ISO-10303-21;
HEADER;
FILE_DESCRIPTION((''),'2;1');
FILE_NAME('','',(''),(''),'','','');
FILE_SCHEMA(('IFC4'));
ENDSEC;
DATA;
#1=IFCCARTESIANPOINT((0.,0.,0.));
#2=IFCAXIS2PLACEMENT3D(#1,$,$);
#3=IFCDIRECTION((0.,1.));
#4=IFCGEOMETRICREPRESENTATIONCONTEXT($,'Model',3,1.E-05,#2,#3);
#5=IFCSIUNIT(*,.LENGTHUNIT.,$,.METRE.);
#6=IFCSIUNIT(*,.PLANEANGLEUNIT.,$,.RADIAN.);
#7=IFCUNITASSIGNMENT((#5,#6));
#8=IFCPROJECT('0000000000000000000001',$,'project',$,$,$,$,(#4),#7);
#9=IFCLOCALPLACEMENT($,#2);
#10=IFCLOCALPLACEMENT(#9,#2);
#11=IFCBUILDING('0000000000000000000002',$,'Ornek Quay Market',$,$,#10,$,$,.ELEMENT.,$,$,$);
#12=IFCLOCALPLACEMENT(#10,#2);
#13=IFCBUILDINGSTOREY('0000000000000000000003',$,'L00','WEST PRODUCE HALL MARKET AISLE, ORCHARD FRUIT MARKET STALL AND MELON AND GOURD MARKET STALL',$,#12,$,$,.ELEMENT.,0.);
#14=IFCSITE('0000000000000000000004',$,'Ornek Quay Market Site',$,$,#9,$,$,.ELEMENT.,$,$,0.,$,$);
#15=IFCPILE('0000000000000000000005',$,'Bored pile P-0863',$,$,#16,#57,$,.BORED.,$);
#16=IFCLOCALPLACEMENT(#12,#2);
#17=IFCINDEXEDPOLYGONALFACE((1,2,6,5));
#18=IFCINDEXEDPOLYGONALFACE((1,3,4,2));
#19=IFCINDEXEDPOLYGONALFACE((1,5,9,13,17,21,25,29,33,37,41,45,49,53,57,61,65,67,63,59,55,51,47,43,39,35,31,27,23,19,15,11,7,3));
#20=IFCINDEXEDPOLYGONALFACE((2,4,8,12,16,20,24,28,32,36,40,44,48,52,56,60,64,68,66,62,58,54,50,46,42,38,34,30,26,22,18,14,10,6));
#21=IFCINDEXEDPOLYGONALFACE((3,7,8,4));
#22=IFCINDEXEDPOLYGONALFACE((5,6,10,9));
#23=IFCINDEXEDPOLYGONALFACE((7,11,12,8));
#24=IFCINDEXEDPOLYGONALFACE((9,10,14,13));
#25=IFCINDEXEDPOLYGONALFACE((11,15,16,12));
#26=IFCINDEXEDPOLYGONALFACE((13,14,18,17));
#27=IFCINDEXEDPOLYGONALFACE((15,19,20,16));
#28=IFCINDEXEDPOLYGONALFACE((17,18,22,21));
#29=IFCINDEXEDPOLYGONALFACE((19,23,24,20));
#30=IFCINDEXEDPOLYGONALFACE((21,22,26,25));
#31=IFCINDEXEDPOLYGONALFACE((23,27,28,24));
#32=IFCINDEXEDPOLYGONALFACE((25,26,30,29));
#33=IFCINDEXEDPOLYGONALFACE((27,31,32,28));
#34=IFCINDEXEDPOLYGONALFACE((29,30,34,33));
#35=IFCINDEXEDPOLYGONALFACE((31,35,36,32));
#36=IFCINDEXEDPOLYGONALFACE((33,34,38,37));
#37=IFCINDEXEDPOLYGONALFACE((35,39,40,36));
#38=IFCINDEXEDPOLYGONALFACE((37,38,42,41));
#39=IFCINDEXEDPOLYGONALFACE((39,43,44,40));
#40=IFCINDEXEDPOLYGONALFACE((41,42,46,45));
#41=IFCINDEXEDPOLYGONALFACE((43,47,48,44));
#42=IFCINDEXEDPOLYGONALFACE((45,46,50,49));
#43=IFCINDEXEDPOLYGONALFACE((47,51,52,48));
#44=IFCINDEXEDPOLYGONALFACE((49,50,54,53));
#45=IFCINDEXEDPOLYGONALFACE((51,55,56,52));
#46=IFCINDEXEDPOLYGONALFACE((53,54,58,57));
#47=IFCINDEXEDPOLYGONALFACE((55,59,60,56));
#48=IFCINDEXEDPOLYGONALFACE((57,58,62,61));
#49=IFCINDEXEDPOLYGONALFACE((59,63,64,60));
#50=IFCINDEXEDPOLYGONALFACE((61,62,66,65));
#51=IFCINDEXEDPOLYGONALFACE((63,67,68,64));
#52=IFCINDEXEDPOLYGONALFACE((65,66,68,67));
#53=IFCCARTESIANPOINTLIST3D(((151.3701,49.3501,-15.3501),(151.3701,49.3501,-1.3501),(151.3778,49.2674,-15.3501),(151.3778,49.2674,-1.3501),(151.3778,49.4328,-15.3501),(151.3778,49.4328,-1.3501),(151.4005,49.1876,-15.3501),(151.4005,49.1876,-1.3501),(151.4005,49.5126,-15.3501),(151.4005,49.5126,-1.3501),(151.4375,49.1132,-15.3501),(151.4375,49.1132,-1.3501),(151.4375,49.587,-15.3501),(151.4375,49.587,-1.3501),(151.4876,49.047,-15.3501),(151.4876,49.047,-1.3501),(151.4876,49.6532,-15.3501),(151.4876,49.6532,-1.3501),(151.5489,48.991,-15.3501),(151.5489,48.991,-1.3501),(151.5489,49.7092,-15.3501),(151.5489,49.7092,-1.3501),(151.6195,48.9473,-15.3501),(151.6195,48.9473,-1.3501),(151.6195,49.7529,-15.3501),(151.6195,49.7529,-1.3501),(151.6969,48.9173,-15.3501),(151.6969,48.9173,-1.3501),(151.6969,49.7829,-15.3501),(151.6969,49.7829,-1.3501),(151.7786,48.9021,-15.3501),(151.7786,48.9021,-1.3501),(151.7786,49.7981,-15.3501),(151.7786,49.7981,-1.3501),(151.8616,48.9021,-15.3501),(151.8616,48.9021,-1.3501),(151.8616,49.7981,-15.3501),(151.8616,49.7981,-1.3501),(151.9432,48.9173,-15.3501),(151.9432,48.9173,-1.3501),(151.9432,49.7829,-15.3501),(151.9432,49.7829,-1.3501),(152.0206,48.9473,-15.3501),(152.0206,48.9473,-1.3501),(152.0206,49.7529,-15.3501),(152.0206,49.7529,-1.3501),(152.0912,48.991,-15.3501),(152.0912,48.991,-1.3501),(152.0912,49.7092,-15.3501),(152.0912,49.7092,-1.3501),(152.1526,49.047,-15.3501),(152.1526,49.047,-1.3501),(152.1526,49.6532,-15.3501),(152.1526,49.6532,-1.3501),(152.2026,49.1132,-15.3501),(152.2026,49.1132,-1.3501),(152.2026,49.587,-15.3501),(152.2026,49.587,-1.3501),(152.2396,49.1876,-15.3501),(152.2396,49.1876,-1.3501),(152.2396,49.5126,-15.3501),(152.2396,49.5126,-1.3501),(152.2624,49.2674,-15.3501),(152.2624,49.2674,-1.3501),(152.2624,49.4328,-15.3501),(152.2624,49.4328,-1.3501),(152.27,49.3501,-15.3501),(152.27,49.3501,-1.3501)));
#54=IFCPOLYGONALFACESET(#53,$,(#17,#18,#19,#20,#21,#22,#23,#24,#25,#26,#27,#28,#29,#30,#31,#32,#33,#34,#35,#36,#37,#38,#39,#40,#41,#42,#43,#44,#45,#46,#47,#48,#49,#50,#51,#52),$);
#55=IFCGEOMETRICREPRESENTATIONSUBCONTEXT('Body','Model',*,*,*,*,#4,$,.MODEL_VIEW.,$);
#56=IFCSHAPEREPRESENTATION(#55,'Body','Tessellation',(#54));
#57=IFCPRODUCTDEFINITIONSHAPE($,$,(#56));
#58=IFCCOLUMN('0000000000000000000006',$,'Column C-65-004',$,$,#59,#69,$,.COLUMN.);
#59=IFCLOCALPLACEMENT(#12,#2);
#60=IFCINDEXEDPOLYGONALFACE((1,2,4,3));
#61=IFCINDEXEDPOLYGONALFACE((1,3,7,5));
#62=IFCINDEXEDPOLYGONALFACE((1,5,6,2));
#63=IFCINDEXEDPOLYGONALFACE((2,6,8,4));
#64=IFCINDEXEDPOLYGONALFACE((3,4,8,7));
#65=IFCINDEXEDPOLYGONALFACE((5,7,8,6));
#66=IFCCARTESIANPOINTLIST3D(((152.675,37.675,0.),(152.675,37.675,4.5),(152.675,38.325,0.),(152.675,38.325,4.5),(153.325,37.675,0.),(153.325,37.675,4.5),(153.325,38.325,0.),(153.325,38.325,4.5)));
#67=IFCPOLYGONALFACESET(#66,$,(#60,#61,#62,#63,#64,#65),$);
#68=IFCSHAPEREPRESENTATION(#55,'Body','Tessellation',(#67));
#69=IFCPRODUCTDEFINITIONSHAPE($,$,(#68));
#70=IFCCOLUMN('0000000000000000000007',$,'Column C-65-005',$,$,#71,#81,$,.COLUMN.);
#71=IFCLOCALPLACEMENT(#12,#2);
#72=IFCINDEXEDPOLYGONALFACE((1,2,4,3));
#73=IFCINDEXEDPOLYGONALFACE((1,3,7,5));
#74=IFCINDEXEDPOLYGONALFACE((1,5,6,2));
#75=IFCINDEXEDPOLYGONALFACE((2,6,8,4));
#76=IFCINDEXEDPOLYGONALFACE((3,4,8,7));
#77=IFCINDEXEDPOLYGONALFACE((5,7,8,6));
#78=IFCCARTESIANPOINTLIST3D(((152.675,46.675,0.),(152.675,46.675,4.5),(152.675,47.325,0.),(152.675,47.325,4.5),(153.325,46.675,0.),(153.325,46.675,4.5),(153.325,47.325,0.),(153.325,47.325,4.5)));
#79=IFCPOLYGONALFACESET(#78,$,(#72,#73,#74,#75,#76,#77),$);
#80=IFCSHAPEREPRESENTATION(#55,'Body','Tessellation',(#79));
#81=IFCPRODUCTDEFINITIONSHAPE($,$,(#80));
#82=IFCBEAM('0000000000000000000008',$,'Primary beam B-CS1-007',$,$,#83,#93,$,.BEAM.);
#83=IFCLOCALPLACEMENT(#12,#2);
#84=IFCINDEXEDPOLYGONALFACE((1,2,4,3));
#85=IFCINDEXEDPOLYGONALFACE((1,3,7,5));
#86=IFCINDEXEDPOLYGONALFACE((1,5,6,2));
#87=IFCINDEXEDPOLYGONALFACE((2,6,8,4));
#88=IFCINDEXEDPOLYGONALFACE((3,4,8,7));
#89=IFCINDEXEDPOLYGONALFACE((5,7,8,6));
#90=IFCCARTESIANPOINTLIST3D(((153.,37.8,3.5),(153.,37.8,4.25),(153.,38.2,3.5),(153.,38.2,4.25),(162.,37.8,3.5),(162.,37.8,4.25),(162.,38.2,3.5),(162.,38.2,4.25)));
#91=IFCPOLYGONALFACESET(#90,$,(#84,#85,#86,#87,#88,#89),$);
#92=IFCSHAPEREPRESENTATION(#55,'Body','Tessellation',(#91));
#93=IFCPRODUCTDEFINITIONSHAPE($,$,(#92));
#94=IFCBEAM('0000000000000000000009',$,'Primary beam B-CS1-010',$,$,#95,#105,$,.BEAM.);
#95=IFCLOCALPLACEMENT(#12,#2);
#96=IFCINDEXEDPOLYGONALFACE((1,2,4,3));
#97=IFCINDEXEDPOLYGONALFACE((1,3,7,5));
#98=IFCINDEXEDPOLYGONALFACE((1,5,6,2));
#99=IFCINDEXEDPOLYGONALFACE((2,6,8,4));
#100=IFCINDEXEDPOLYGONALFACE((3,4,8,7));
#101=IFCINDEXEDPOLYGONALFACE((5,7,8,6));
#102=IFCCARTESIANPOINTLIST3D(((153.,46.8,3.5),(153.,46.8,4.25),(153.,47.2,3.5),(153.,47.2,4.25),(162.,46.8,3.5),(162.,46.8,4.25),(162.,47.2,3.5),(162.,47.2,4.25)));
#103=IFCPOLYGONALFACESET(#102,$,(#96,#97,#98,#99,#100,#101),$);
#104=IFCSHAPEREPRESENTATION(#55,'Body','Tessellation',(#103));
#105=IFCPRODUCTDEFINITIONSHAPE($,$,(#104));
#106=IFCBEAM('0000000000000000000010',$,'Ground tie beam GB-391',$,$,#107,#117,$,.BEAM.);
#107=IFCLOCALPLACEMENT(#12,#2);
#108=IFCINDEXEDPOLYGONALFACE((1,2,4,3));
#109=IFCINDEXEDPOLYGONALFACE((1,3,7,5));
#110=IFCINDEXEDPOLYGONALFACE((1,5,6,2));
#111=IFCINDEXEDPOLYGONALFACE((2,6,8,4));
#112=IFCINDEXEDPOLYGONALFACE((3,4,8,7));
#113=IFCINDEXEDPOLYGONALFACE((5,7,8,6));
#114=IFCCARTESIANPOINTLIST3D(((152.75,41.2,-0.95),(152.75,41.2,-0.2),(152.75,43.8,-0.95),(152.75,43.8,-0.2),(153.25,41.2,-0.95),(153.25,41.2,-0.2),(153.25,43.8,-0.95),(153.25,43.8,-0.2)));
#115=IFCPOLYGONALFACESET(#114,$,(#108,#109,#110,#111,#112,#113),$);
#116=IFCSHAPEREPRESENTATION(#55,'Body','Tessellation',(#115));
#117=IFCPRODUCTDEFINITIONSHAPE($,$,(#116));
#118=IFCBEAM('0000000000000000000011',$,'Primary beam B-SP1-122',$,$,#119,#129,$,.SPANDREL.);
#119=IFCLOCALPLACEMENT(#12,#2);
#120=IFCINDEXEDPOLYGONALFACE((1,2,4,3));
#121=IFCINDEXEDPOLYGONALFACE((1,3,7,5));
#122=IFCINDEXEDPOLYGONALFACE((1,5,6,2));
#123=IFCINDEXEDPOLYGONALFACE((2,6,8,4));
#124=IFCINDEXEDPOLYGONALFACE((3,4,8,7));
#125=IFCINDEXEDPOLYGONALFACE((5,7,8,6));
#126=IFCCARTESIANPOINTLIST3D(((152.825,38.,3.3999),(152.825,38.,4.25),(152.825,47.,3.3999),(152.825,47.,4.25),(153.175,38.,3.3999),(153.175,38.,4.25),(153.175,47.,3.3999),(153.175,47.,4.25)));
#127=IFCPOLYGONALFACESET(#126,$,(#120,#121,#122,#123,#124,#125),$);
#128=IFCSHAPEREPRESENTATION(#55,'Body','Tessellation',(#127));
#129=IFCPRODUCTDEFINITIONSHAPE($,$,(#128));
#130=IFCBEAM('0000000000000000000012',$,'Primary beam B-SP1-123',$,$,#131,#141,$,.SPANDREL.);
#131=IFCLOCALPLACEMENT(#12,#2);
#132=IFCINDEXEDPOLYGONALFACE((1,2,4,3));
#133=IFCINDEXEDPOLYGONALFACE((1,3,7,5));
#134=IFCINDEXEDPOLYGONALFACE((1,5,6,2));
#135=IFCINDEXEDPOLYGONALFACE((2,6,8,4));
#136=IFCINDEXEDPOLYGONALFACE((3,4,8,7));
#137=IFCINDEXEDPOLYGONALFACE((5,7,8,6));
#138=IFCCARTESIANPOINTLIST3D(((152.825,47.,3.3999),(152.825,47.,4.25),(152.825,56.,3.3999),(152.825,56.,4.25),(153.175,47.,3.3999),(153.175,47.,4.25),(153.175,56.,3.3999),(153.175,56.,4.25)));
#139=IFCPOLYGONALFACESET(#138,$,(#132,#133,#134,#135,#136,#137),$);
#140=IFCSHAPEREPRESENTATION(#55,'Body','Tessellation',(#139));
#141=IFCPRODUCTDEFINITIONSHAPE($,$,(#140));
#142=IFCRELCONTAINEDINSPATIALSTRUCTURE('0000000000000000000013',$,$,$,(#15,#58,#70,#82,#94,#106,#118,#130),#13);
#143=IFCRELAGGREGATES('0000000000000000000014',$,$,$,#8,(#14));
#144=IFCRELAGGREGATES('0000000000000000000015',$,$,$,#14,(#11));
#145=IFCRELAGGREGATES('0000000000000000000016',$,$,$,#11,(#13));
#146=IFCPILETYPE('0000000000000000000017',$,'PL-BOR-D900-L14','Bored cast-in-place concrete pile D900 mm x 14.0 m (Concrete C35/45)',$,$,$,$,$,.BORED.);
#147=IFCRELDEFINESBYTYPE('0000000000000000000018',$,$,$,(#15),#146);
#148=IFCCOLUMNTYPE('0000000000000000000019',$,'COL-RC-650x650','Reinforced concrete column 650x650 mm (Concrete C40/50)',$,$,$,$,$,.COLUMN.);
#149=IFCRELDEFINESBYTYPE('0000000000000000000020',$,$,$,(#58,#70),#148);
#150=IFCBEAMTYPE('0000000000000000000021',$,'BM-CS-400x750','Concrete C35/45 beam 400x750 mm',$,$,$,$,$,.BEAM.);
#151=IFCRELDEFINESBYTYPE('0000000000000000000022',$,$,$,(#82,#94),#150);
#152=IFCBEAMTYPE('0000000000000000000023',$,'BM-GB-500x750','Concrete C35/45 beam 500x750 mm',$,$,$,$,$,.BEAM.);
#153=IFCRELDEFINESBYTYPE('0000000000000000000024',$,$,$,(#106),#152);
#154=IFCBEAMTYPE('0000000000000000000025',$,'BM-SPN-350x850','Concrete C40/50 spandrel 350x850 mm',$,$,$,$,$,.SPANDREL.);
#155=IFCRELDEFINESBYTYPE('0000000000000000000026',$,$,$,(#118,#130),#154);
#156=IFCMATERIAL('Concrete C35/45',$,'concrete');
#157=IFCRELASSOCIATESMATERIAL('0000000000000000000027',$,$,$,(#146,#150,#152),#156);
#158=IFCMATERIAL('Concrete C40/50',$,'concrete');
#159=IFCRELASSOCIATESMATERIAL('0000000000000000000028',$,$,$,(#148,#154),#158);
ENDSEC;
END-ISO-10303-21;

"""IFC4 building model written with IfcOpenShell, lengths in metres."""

from ifc_helpers import new_model, si_unit, direction, frame, origin, origin_2d, place, context, subcontext, project, spatial, rectangle, circle, extrude, material, material_profile, profile_set, type_object, element, save


model = new_model("IFC4")

# Units and contexts
model_context = context("Model", 3, precision=1e-05, world=origin(), true_north=direction((0.0, 1.0)))
body_context = subcontext(model_context, "Body", "Model", "MODEL_VIEW")
ifc_project = project(units=[si_unit("LENGTHUNIT", "METRE"), si_unit("PLANEANGLEUNIT", "RADIAN")], contexts=[model_context])

# Site, building, storey
site_placement = place(None, origin())
site = spatial("IfcSite", under=ifc_project, at=site_placement, Name="Ornek Quay Market Site", CompositionType="ELEMENT", RefElevation=0.0)
building_placement = place(site_placement, origin())
building = spatial("IfcBuilding", under=site, at=building_placement, Name="Ornek Quay Market", CompositionType="ELEMENT")
storey_placement = place(building_placement, origin())
storey = spatial("IfcBuildingStorey", under=building, at=storey_placement, Name="L00", Description="WEST PRODUCE HALL MARKET AISLE, ORCHARD FRUIT MARKET STALL AND MELON AND GOURD MARKET STALL", CompositionType="ELEMENT", Elevation=0.0)

# Pile
ifc_material_1 = material(Name="Concrete C35/45", Category="concrete")
ifc_material_profile_1 = material_profile(ifc_material_1, circle(Radius=0.45, at=origin_2d()), Name="PILE D900", Category="concrete")
ifc_profile_set_1 = profile_set([ifc_material_profile_1], Name="Concrete C35/45")
pile_type_1 = type_object("IfcPileType", Name="PL-BOR-D900-L14", Description="Bored cast-in-place concrete pile D900 mm x 14.0 m (Concrete C35/45)", PredefinedType="BORED", material=ifc_profile_set_1)
for number, where, z_axis, x_axis, name in (
    (1, (151.8201, 49.3501, -1.3501), (0.0, 0.0, -1.0), (1.0, 0.0, 0.0), "Bored pile P-0863"),
):
    element("IfcPile", number, at=place(storey_placement, frame(where, z_axis=z_axis, x_axis=x_axis)), inside=storey, type_object=pile_type_1, Name=name, PredefinedType="BORED", context=body_context, shape_type="SweptSolid", body=[
        extrude(circle(Radius=0.45, at=origin_2d()), origin(), (0.0, 0.0, 1.0), 14.0),
    ])

# Columns
ifc_material_2 = material(Name="Concrete C40/50", Category="concrete")
ifc_material_profile_2 = material_profile(ifc_material_2, rectangle(XDim=0.6499, YDim=0.6499, at=origin_2d()), Name="RC 650x650", Category="concrete")
ifc_profile_set_2 = profile_set([ifc_material_profile_2], Name="Concrete C40/50")
column_type = type_object("IfcColumnType", Name="COL-RC-650x650", Description="Reinforced concrete column 650x650 mm (Concrete C40/50)", PredefinedType="COLUMN", material=ifc_profile_set_2)
for number, where, z_axis, x_axis, name in (
    (2, (153.0, 38.0, 0.0), (0.0, 0.0, 1.0), (1.0, 0.0, 0.0), "Column C-65-004"),
    (3, (153.0, 47.0, 0.0), (0.0, 0.0, 1.0), (1.0, 0.0, 0.0), "Column C-65-005"),
):
    element("IfcColumn", number, at=place(storey_placement, frame(where, z_axis=z_axis, x_axis=x_axis)), inside=storey, type_object=column_type, Name=name, PredefinedType="COLUMN", context=body_context, shape_type="SweptSolid", body=[
        extrude(rectangle(XDim=0.6499, YDim=0.6499, at=origin_2d()), origin(), (0.0, 0.0, 1.0), 4.5),
    ])

# Beams
ifc_material_profile_3 = material_profile(ifc_material_1, rectangle(XDim=0.3999, YDim=0.75, at=origin_2d()), Name="RC 400x750", Category="concrete")
ifc_profile_set_3 = profile_set([ifc_material_profile_3], Name="Concrete C35/45")
beam_type_1 = type_object("IfcBeamType", Name="BM-CS-400x750", Description="Concrete C35/45 beam 400x750 mm", PredefinedType="BEAM", material=ifc_profile_set_3)
for number, where, z_axis, x_axis, name in (
    (4, (153.0, 38.0, 3.875), (1.0, 0.0, 0.0), (0.0, 1.0, 0.0), "Primary beam B-CS1-007"),
    (5, (153.0, 47.0, 3.875), (1.0, 0.0, 0.0), (0.0, 1.0, 0.0), "Primary beam B-CS1-010"),
):
    element("IfcBeam", number, at=place(storey_placement, frame(where, z_axis=z_axis, x_axis=x_axis)), inside=storey, type_object=beam_type_1, Name=name, PredefinedType="BEAM", context=body_context, shape_type="SweptSolid", body=[
        extrude(rectangle(XDim=0.3999, YDim=0.75, at=origin_2d()), origin(), (0.0, 0.0, 1.0), 9.0),
    ])
ifc_material_profile_4 = material_profile(ifc_material_1, rectangle(XDim=0.5, YDim=0.75, at=origin_2d()), Name="RC 500x750", Category="concrete")
ifc_profile_set_4 = profile_set([ifc_material_profile_4], Name="Concrete C35/45")
beam_type_2 = type_object("IfcBeamType", Name="BM-GB-500x750", Description="Concrete C35/45 beam 500x750 mm", PredefinedType="BEAM", material=ifc_profile_set_4)
beam_placement = place(storey_placement, frame((153.0, 41.2, -0.575), z_axis=(0.0, 1.0, 0.0), x_axis=(-1.0, 0.0, 0.0)))
element("IfcBeam", 6, at=beam_placement, inside=storey, type_object=beam_type_2, Name="Ground tie beam GB-391", PredefinedType="BEAM", context=body_context, shape_type="SweptSolid", body=[
    extrude(rectangle(XDim=0.5, YDim=0.75, at=origin_2d()), origin(), (0.0, 0.0, 1.0), 2.6001),
])
ifc_material_profile_5 = material_profile(ifc_material_2, rectangle(XDim=0.3501, YDim=0.8501, at=origin_2d()), Name="RC 350x850", Category="concrete")
ifc_profile_set_5 = profile_set([ifc_material_profile_5], Name="Concrete C40/50")
beam_type_3 = type_object("IfcBeamType", Name="BM-SPN-350x850", Description="Concrete C40/50 spandrel 350x850 mm", PredefinedType="SPANDREL", material=ifc_profile_set_5)
for number, where, z_axis, x_axis, name in (
    (7, (153.0, 38.0, 3.825), (0.0, 1.0, 0.0), (-1.0, 0.0, 0.0), "Primary beam B-SP1-122"),
    (8, (153.0, 47.0, 3.825), (0.0, 1.0, 0.0), (-1.0, 0.0, 0.0), "Primary beam B-SP1-123"),
):
    element("IfcBeam", number, at=place(storey_placement, frame(where, z_axis=z_axis, x_axis=x_axis)), inside=storey, type_object=beam_type_3, Name=name, PredefinedType="SPANDREL", context=body_context, shape_type="SweptSolid", body=[
        extrude(rectangle(XDim=0.3501, YDim=0.8501, at=origin_2d()), origin(), (0.0, 0.0, 1.0), 9.0),
    ])

save(model, "model.ifc")
